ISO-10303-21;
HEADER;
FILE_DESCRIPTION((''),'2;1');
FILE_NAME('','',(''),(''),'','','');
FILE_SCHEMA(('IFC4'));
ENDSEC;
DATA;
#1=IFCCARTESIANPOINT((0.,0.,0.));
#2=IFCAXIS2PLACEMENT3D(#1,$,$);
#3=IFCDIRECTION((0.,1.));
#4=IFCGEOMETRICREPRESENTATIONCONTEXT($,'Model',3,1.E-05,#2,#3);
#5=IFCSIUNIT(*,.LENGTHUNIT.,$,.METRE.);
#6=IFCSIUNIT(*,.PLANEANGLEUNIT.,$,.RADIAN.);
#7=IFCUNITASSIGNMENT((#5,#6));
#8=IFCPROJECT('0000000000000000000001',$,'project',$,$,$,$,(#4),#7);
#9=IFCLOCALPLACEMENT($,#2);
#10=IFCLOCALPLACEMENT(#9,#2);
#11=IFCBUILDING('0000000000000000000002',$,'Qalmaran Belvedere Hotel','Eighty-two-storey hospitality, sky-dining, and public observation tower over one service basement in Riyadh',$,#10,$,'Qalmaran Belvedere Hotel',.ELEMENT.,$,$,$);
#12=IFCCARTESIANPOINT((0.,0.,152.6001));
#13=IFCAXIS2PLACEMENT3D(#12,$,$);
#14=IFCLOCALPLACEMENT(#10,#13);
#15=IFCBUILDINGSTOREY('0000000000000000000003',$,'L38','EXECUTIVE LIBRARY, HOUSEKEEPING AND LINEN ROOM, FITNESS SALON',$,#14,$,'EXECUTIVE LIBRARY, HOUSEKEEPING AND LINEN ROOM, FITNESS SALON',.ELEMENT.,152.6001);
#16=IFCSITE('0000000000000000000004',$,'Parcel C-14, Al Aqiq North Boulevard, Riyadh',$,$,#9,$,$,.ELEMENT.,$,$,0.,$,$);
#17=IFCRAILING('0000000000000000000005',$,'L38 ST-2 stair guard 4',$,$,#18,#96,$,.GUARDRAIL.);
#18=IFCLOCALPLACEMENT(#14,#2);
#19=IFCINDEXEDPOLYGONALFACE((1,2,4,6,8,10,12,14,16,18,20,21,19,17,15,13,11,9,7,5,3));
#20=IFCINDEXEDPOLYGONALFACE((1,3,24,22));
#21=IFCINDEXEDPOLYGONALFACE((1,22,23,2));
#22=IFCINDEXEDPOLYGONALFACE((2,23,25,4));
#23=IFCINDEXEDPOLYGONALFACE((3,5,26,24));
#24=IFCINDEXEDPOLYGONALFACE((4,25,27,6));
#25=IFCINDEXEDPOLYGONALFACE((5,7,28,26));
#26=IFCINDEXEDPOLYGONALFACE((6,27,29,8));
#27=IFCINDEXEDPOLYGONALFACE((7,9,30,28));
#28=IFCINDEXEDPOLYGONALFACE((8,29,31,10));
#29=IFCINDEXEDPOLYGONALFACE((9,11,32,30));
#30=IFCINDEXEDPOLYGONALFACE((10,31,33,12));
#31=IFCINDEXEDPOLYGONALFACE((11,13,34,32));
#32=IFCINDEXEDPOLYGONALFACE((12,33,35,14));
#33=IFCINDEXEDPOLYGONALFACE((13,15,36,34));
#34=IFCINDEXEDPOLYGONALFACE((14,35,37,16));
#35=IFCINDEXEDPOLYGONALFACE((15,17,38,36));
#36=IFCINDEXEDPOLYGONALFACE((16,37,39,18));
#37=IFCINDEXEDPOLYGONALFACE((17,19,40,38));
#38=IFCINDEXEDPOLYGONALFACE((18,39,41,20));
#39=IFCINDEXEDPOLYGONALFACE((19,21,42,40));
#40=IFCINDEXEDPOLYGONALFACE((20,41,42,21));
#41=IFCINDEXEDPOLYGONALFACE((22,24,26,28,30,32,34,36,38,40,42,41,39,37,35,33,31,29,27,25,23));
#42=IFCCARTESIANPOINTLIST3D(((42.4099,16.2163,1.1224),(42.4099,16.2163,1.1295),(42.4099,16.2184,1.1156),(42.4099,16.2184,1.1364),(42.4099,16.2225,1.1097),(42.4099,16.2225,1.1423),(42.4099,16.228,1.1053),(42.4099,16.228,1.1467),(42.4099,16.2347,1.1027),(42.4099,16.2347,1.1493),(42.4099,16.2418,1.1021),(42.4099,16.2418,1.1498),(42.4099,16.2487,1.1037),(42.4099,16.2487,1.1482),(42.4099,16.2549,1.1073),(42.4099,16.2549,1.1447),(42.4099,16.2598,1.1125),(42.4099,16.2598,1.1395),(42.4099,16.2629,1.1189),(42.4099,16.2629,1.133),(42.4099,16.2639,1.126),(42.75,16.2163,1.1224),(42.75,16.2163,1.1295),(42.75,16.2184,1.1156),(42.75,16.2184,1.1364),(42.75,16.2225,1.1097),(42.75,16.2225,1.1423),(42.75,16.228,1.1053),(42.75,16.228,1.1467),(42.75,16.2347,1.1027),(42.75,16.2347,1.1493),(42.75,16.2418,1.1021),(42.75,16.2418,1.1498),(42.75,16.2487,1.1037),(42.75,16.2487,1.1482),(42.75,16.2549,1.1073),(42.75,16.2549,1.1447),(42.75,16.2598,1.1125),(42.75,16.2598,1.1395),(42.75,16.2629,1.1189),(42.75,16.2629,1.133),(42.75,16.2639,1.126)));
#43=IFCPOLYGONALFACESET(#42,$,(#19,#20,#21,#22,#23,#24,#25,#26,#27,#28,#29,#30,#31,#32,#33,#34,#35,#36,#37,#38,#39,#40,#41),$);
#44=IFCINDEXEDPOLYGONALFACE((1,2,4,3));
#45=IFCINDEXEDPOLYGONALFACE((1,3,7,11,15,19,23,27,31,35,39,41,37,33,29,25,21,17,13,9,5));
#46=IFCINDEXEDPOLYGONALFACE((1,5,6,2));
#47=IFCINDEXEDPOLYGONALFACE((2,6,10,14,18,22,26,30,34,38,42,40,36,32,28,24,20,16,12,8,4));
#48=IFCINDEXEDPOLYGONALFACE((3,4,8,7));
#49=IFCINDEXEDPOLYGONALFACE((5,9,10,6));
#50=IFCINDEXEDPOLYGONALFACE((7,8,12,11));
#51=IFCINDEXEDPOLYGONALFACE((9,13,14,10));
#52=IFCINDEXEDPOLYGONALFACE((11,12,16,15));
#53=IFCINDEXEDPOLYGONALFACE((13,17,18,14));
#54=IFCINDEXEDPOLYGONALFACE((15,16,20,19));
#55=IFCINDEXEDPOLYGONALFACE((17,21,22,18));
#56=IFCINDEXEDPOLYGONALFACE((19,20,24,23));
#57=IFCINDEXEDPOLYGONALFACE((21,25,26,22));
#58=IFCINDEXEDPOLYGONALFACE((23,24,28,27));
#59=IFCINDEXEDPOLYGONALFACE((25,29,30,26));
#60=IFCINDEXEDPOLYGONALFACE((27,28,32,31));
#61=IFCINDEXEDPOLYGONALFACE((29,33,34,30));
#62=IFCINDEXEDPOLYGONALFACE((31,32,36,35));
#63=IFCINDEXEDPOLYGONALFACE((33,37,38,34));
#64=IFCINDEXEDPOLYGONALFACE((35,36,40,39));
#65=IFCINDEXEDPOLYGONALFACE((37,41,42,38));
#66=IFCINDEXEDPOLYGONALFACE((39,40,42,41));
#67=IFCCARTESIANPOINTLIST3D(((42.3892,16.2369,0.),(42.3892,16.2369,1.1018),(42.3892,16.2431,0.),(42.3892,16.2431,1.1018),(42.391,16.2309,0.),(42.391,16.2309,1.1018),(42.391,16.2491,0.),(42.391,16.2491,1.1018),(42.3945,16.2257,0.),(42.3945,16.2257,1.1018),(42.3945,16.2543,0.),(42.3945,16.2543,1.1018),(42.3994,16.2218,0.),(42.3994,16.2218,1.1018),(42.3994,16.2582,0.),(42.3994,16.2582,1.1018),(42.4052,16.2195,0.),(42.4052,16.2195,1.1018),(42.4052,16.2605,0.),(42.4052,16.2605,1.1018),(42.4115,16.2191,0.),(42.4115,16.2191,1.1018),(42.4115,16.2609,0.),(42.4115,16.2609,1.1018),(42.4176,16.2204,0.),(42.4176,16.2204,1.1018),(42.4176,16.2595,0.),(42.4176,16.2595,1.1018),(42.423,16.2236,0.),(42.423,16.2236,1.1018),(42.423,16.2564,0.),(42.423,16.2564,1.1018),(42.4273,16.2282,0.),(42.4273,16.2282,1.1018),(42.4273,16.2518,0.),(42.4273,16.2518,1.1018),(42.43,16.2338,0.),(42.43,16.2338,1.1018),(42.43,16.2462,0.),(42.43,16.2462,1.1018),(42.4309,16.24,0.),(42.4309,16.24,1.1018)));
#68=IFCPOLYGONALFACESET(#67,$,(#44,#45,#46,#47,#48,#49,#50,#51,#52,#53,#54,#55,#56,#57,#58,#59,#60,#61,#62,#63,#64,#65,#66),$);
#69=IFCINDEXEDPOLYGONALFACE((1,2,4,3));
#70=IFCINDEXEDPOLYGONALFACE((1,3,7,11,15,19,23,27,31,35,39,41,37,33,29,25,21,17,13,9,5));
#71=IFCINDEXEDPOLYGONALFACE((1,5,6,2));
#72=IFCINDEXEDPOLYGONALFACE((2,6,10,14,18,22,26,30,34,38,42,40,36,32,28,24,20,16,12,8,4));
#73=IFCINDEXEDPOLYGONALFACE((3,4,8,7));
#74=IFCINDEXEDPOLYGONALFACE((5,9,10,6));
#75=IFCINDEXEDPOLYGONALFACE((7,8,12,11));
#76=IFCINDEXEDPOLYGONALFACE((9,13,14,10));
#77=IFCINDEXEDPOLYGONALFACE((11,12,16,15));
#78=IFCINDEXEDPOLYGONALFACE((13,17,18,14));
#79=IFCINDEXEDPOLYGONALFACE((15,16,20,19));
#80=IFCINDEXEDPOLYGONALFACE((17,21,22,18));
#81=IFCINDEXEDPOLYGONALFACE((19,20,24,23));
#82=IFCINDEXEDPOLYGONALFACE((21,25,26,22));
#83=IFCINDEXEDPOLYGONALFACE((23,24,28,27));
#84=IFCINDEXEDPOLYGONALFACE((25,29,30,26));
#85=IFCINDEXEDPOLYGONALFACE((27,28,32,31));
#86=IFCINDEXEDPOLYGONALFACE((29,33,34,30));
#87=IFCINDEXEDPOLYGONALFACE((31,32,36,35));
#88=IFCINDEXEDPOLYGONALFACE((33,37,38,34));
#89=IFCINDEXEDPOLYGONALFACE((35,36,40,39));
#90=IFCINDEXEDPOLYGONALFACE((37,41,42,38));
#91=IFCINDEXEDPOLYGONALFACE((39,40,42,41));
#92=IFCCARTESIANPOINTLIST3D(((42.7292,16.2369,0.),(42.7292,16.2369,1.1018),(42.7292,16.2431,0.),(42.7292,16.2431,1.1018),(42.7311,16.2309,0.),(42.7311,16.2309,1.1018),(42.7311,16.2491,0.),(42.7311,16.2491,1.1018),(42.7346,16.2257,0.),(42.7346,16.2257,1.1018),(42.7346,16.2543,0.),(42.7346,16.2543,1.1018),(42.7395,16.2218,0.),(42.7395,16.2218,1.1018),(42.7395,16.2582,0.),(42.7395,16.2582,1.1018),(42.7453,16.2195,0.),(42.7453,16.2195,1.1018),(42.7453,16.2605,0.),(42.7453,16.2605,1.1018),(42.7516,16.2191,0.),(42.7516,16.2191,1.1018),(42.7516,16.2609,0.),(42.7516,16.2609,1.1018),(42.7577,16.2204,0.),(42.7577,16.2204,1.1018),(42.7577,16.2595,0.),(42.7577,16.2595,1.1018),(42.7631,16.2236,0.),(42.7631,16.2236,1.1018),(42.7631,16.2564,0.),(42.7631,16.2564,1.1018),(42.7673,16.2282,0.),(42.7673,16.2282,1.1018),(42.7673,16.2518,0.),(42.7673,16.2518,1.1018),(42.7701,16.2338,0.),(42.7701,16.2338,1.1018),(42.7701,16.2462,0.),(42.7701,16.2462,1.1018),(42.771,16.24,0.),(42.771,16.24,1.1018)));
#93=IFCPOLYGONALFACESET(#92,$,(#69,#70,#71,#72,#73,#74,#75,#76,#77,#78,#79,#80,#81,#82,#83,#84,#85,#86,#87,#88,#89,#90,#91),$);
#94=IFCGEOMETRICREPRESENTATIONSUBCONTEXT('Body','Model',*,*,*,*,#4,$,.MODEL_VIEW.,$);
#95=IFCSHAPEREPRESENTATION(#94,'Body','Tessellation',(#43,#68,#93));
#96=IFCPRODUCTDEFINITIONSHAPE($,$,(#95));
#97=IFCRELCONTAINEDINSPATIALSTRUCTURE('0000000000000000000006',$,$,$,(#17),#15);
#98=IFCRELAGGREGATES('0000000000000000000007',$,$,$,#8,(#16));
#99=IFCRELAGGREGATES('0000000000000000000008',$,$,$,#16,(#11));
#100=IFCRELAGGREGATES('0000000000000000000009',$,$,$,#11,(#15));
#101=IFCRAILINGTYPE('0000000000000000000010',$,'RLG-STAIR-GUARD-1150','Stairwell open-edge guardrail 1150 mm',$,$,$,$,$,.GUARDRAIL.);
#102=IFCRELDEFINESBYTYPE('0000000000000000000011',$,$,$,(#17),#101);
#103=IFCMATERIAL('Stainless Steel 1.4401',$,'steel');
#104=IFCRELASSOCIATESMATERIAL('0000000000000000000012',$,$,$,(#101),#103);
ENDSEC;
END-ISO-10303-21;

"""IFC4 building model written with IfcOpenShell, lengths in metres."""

from ifc_helpers import new_model, si_unit, direction, frame, origin, origin_2d, place, context, subcontext, project, spatial, circle, extrude, material, type_object, element, save


model = new_model("IFC4")

# Units and contexts
model_context = context("Model", 3, precision=1e-05, world=origin(), true_north=direction((0.0, 1.0)))
body_context = subcontext(model_context, "Body", "Model", "MODEL_VIEW")
ifc_project = project(units=[si_unit("LENGTHUNIT", "METRE"), si_unit("PLANEANGLEUNIT", "RADIAN")], contexts=[model_context])

# Site, building, storey
site_placement = place(None, origin())
site = spatial("IfcSite", under=ifc_project, at=site_placement, Name="Parcel C-14, Al Aqiq North Boulevard, Riyadh", CompositionType="ELEMENT", RefElevation=0.0)
building_placement = place(site_placement, origin())
building = spatial("IfcBuilding", under=site, at=building_placement, Name="Qalmaran Belvedere Hotel", Description="Eighty-two-storey hospitality, sky-dining, and public observation tower over one service basement in Riyadh", LongName="Qalmaran Belvedere Hotel", CompositionType="ELEMENT")
storey_placement = place(building_placement, frame((0.0, 0.0, 152.6001)))
storey = spatial("IfcBuildingStorey", under=building, at=storey_placement, Name="L38", Description="EXECUTIVE LIBRARY, HOUSEKEEPING AND LINEN ROOM, FITNESS SALON", LongName="EXECUTIVE LIBRARY, HOUSEKEEPING AND LINEN ROOM, FITNESS SALON", CompositionType="ELEMENT", Elevation=152.6001)

# Railing
ifc_material_1 = material(Name="Stainless Steel 1.4401", Category="steel")
railing_type_1 = type_object("IfcRailingType", Name="RLG-STAIR-GUARD-1150", Description="Stairwell open-edge guardrail 1150 mm", PredefinedType="GUARDRAIL", material=ifc_material_1)
railing_1_placement = place(storey_placement, frame((42.4099, 16.24, 0.0)))
element("IfcRailing", 1, at=railing_1_placement, inside=storey, type_object=railing_type_1, Name="L38 ST-2 stair guard 4", PredefinedType="GUARDRAIL", context=body_context, shape_type="SweptSolid", body=[
    extrude(circle(Radius=0.0239, at=origin_2d()), frame((0.0, 0.0, 1.126), z_axis=(1.0, 0.0, 0.0), x_axis=(0.0, 1.0, 0.0)), (0.0, 0.0, 1.0), 0.3401),
    extrude(circle(Radius=0.021, at=origin_2d()), origin(), (0.0, 0.0, 1.0), 1.1018),
    extrude(circle(Radius=0.021, at=origin_2d()), frame((0.3401, 0.0, 0.0)), (0.0, 0.0, 1.0), 1.1018),
])

save(model, "model.ifc")
